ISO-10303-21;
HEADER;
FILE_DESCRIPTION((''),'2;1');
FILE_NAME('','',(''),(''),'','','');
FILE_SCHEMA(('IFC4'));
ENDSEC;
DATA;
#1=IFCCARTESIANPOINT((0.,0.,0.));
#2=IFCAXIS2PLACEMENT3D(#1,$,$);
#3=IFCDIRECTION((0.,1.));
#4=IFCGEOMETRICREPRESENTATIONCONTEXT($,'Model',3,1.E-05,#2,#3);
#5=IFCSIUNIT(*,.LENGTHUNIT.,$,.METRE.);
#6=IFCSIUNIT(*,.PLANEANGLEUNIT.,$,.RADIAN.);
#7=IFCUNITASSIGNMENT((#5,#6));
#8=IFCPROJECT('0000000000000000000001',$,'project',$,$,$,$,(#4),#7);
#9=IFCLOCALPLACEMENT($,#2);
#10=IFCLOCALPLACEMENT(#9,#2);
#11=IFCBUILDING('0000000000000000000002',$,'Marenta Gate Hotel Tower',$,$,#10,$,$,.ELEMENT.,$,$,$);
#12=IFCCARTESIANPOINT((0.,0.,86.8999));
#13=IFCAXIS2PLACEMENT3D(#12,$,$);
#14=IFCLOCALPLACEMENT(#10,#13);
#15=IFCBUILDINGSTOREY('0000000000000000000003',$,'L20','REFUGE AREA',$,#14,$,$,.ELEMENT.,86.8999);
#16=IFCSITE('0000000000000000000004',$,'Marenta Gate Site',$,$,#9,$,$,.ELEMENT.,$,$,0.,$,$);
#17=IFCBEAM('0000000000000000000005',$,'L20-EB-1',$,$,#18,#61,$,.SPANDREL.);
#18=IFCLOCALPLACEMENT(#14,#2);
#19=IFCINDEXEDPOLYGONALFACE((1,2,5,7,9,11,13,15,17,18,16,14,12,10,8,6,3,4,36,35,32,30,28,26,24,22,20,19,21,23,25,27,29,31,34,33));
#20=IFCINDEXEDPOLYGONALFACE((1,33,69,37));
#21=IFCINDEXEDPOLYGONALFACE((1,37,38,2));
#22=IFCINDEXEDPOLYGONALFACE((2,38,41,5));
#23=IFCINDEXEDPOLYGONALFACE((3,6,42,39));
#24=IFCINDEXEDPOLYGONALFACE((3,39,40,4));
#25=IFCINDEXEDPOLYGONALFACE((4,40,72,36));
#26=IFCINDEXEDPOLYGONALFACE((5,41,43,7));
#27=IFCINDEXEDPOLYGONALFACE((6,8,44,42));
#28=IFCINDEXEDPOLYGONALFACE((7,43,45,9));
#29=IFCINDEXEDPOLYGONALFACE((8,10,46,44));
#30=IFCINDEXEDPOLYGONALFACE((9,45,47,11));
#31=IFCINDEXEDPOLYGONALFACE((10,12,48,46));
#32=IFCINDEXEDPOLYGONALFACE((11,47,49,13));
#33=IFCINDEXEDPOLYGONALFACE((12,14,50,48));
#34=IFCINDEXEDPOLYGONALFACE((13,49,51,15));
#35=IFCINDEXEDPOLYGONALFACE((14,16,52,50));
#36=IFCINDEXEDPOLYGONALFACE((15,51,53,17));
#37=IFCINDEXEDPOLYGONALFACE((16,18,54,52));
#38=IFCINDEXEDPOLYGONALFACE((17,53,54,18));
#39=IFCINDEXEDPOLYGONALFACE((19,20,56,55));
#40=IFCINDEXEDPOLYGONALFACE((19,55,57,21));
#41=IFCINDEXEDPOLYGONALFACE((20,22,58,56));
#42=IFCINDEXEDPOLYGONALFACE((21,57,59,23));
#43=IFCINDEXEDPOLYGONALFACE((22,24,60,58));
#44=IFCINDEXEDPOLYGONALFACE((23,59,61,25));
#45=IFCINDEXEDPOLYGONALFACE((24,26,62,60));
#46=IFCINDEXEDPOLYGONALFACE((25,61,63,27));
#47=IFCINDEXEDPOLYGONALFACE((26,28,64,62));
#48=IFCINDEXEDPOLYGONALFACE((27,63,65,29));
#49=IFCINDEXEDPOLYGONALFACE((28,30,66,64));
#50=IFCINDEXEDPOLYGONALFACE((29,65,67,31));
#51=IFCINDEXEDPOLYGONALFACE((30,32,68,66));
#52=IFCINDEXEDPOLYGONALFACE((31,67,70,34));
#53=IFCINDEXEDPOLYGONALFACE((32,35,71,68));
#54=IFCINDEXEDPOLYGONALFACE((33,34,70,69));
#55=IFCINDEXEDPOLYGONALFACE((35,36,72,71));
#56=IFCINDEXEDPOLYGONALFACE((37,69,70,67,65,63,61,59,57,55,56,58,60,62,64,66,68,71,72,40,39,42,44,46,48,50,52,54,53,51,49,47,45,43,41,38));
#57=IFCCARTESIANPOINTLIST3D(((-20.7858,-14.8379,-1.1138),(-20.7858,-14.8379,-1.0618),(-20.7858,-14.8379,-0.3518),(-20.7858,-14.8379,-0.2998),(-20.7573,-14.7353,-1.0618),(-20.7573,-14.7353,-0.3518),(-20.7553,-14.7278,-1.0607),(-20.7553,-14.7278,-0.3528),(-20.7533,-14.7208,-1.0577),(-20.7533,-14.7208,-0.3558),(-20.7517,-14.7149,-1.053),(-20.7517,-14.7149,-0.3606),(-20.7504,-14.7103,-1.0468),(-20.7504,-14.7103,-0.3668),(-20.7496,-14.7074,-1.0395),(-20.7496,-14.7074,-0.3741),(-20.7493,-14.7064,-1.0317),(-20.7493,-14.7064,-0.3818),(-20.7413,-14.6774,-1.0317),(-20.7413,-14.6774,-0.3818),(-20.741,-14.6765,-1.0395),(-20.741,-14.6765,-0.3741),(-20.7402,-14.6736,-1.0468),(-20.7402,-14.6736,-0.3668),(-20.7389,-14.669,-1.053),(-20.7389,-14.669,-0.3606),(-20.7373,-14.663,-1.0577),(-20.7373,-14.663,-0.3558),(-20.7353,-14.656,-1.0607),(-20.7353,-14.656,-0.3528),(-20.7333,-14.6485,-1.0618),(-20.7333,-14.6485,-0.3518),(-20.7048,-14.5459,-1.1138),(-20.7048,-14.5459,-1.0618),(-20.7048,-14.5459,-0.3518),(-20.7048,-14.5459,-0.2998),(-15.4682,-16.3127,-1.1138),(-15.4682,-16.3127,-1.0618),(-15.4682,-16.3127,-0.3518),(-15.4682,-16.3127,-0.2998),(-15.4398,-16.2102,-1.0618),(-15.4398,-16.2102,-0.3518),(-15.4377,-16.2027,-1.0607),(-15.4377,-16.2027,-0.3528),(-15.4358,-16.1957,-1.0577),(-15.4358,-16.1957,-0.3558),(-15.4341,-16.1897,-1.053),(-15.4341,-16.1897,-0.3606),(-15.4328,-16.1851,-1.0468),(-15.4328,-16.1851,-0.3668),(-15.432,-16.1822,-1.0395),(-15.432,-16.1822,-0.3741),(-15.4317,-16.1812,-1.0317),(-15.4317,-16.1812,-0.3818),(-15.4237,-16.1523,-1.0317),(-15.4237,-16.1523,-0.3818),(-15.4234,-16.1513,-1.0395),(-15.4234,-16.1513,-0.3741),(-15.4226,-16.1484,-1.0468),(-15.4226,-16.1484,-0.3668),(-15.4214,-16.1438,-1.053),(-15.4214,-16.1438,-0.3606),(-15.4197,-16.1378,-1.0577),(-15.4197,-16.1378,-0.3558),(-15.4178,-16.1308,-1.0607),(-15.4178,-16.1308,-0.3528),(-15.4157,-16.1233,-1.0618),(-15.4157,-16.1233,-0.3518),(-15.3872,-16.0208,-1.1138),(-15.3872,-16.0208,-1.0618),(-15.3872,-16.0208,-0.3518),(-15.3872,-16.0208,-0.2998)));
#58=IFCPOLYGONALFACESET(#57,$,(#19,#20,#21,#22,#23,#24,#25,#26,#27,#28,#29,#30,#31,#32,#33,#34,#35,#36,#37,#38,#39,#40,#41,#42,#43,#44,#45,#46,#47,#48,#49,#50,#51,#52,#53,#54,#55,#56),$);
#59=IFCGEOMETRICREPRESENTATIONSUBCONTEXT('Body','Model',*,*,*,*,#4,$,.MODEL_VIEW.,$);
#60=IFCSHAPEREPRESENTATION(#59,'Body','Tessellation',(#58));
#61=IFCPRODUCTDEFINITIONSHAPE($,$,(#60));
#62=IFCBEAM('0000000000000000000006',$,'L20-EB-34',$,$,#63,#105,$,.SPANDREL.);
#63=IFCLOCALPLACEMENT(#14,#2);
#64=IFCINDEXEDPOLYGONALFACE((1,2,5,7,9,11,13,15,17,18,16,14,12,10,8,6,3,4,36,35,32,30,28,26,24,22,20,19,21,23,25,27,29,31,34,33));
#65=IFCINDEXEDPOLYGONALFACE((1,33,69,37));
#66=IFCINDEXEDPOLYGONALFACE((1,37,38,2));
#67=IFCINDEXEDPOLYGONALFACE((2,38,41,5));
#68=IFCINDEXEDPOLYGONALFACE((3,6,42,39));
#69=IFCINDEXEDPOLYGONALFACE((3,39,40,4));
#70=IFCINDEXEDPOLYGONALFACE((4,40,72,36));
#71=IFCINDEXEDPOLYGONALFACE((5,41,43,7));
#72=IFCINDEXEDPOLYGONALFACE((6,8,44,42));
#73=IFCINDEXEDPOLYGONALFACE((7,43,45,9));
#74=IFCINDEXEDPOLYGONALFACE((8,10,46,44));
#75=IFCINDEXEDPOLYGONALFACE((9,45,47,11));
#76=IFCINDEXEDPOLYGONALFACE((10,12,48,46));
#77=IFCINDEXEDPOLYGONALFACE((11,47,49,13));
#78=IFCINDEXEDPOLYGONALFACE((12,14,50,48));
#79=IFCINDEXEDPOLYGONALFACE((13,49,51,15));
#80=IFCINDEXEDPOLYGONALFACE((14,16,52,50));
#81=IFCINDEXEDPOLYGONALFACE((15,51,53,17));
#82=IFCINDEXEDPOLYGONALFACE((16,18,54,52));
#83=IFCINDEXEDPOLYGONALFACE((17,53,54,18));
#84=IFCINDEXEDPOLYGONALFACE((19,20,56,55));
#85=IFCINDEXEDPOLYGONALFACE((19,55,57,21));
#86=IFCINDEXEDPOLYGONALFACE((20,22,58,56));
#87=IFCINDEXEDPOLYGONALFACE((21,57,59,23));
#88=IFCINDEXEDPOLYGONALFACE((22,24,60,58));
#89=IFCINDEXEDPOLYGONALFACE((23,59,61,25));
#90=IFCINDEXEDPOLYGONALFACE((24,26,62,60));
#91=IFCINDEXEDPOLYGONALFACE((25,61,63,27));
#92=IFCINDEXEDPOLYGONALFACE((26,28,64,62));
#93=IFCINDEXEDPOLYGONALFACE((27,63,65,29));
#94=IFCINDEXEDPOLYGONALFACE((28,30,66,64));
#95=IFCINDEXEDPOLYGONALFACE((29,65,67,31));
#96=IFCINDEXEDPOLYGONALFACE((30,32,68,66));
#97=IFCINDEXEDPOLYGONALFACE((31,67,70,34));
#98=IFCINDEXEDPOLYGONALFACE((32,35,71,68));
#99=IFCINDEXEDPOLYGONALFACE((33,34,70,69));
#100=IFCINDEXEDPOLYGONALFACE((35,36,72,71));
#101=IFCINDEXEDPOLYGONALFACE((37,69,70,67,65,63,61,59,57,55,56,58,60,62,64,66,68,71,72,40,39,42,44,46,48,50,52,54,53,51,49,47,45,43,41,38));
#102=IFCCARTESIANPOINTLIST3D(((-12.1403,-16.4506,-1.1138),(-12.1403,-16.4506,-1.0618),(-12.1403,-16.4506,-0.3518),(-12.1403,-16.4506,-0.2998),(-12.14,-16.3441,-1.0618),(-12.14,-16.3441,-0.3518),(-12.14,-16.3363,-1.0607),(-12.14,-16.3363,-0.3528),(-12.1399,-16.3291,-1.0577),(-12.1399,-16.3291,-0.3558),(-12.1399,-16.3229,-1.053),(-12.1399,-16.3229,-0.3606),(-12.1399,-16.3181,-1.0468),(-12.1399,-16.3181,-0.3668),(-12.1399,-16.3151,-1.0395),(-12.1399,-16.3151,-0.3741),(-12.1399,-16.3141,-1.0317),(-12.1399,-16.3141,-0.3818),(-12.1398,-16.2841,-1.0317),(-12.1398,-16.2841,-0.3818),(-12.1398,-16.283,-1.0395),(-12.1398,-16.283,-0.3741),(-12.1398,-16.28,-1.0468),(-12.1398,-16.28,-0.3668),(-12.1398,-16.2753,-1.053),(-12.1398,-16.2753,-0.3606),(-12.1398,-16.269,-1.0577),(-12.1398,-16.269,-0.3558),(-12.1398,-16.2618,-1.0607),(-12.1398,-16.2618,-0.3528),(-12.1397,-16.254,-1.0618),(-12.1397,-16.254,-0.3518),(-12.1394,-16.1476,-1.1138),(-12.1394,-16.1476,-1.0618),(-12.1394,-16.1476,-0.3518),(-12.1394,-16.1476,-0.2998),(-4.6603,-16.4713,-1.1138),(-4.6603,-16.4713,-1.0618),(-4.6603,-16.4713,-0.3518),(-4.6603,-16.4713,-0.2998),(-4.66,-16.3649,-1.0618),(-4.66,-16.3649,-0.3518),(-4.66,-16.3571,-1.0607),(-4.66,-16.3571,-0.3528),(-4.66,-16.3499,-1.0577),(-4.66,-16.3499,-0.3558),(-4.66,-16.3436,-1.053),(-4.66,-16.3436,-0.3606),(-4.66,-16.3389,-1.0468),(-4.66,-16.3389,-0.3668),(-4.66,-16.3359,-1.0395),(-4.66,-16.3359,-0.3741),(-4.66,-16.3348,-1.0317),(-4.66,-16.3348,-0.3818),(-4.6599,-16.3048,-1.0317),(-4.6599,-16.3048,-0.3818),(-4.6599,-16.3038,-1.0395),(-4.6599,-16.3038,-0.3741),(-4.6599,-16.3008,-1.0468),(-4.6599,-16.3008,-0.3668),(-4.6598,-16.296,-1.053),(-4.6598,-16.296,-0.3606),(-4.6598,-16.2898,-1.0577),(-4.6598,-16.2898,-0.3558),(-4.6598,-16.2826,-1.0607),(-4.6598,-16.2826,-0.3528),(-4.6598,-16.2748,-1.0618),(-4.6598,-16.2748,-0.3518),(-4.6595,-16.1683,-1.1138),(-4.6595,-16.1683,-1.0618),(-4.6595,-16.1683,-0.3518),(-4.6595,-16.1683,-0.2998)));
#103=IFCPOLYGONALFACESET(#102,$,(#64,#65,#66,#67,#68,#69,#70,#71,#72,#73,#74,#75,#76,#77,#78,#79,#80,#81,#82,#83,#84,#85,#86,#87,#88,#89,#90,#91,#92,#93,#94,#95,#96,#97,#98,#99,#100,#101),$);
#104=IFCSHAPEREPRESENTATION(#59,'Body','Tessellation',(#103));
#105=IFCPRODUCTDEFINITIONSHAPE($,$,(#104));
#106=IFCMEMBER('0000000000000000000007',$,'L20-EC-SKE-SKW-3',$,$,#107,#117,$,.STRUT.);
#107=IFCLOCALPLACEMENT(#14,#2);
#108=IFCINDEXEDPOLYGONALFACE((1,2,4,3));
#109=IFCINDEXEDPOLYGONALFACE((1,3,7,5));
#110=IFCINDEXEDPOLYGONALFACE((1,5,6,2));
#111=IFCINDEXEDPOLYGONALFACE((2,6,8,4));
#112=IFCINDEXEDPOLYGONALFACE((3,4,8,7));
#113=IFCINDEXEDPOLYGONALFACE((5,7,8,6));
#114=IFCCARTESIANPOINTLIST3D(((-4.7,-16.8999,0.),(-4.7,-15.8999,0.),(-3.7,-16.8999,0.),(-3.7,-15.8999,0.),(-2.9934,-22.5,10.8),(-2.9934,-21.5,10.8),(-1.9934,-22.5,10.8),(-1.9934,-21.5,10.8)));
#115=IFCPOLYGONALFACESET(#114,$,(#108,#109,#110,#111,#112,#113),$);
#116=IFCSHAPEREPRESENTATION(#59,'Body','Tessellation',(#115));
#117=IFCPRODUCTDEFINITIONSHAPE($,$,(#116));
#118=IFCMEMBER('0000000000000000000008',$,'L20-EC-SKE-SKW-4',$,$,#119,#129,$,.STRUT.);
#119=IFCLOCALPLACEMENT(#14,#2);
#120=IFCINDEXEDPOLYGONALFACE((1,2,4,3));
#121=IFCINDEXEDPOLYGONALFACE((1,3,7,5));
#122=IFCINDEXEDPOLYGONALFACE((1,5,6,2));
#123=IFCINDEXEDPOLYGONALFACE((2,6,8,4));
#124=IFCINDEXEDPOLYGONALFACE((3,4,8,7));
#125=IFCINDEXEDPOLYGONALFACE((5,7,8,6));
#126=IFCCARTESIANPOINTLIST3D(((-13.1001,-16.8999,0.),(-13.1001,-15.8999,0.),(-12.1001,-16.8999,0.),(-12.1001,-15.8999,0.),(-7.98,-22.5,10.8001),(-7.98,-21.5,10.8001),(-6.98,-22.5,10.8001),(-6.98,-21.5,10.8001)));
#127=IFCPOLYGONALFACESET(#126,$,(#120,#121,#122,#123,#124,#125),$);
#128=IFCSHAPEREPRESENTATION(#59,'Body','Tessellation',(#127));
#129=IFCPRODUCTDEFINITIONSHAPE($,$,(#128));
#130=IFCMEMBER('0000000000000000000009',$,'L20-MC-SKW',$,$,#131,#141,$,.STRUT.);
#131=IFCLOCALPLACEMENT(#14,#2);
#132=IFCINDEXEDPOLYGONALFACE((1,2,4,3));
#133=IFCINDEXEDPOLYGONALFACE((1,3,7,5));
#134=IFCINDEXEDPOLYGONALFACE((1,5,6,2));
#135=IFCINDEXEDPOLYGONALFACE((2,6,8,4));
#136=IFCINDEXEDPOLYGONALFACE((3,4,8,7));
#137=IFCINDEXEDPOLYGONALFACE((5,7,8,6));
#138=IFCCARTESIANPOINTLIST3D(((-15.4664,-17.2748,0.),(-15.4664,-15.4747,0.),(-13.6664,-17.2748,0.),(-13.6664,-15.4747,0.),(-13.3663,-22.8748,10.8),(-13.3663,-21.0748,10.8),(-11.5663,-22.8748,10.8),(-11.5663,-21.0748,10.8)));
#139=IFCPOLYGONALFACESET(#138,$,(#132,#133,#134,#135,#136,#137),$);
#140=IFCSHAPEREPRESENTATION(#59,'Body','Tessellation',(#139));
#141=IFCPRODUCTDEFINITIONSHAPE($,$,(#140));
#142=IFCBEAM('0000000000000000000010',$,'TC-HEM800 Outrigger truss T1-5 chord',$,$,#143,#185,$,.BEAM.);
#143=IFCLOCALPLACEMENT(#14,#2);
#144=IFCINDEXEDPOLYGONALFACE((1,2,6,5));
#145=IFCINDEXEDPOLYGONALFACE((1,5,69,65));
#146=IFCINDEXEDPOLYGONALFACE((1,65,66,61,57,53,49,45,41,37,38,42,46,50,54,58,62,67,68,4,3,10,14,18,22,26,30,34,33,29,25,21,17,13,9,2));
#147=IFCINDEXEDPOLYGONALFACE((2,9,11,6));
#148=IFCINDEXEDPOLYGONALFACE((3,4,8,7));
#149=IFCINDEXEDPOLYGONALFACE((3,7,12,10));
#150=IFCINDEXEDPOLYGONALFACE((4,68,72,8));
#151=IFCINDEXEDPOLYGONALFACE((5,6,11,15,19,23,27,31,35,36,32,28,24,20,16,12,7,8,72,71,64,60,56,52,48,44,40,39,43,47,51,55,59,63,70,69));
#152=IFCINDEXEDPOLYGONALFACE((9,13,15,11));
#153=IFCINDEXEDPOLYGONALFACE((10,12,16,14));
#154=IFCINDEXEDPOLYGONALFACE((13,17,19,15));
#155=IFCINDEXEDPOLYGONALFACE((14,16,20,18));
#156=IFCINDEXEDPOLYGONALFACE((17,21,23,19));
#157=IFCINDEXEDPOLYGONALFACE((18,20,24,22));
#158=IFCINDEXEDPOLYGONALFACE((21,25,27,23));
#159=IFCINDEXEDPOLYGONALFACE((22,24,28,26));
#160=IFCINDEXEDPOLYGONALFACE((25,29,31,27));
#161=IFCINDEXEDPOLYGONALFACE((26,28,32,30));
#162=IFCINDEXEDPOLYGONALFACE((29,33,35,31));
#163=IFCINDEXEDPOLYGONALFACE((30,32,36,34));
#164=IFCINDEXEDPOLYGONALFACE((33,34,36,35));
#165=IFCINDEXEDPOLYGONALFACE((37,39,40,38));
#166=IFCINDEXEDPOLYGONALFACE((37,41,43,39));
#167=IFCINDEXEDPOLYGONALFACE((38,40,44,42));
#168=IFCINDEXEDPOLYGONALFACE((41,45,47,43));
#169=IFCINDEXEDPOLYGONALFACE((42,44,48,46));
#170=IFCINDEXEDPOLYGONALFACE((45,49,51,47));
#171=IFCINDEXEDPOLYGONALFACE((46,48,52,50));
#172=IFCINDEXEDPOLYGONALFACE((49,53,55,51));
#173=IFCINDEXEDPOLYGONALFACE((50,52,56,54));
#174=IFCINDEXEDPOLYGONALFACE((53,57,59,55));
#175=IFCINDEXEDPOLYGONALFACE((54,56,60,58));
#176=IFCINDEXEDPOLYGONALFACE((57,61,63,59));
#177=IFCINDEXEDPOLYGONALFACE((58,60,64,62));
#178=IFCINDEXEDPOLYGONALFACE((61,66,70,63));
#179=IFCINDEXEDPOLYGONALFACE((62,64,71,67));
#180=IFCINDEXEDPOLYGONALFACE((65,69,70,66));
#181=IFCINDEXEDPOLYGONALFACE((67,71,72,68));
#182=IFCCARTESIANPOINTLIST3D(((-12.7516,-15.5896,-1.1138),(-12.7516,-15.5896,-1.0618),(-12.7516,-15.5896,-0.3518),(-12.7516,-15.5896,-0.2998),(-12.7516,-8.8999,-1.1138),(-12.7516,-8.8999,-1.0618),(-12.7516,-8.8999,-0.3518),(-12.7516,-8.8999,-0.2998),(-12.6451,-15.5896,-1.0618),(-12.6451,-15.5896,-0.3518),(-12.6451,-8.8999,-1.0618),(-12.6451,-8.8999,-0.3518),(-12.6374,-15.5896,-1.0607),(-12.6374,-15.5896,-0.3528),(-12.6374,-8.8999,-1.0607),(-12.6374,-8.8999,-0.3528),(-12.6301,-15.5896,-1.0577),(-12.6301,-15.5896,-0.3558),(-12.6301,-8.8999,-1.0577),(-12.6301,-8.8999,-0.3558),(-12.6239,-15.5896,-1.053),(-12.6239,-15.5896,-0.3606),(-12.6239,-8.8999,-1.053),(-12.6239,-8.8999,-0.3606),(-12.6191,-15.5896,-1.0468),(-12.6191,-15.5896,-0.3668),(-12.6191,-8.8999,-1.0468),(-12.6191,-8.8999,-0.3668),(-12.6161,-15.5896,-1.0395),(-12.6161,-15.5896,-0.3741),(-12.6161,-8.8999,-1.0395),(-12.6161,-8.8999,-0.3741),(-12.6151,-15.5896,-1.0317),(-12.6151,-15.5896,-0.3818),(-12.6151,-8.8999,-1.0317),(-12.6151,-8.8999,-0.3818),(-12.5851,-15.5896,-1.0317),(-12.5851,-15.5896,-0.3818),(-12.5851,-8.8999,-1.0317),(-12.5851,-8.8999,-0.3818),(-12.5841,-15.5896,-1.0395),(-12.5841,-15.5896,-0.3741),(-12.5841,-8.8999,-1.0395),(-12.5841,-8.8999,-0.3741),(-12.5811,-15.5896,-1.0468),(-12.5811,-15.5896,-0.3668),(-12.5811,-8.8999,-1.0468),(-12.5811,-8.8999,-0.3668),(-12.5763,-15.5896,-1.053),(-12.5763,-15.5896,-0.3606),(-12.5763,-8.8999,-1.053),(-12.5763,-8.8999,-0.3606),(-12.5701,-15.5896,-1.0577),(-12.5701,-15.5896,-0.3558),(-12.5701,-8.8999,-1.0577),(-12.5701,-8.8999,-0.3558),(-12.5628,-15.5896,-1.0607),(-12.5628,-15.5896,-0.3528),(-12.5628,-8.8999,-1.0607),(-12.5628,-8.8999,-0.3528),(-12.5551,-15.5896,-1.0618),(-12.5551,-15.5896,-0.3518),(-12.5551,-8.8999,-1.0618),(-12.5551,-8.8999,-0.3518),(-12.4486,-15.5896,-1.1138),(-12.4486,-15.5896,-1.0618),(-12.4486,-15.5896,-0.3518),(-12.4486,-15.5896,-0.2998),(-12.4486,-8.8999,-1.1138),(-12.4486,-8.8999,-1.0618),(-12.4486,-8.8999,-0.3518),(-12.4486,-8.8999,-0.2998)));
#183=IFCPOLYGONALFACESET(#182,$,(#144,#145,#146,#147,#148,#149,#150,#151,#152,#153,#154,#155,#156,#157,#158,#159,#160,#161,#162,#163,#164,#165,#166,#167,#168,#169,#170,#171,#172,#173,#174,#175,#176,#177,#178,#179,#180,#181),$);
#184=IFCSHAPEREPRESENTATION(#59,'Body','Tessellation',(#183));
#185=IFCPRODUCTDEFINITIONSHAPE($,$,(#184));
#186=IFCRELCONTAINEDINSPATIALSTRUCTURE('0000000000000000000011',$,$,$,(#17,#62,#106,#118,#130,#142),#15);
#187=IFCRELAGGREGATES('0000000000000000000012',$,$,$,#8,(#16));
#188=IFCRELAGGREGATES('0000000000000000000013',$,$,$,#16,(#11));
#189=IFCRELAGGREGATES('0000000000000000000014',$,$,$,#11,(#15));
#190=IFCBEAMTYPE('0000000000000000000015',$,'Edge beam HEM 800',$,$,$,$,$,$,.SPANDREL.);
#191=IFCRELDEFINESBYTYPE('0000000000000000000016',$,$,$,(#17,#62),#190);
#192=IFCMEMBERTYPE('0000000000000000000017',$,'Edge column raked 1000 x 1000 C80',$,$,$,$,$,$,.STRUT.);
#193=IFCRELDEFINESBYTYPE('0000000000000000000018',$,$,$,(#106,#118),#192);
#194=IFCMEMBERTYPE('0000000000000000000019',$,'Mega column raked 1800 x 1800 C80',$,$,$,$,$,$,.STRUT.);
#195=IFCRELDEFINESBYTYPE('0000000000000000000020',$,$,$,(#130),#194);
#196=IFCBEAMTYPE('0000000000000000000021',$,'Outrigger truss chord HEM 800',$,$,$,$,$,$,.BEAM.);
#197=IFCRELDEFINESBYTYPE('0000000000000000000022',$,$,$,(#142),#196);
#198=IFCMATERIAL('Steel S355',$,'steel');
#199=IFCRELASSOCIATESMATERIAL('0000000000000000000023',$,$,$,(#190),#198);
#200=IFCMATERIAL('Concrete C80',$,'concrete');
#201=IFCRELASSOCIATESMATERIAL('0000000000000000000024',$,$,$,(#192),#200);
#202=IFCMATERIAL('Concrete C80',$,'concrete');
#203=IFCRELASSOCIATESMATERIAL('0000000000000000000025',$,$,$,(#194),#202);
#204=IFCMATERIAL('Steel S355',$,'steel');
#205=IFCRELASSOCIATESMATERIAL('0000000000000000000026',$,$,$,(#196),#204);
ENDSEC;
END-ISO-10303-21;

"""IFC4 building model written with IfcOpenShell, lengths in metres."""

from ifc_helpers import new_model, si_unit, direction, frame, origin, origin_2d, place, context, subcontext, project, spatial, rectangle, i_section, extrude, material, material_profile, profile_set, type_object, element, save


model = new_model("IFC4")

# Units and contexts
model_context = context("Model", 3, precision=1e-05, world=origin(), true_north=direction((0.0, 1.0)))
body_context = subcontext(model_context, "Body", "Model", "MODEL_VIEW")
ifc_project = project(units=[si_unit("LENGTHUNIT", "METRE"), si_unit("PLANEANGLEUNIT", "RADIAN")], contexts=[model_context])

# Site, building, storey
site_placement = place(None, origin())
site = spatial("IfcSite", under=ifc_project, at=site_placement, Name="Marenta Gate Site", CompositionType="ELEMENT", RefElevation=0.0)
building_placement = place(site_placement, origin())
building = spatial("IfcBuilding", under=site, at=building_placement, Name="Marenta Gate Hotel Tower", CompositionType="ELEMENT")
storey_placement = place(building_placement, frame((0.0, 0.0, 86.8999)))
storey = spatial("IfcBuildingStorey", under=building, at=storey_placement, Name="L20", Description="REFUGE AREA", CompositionType="ELEMENT", Elevation=86.8999)

# Beams
ifc_material_1 = material(Name="Steel S355", Category="steel")
ifc_material_profile_1 = material_profile(ifc_material_1, i_section(OverallWidth=0.303, OverallDepth=0.814, WebThickness=0.03, FlangeThickness=0.052, FilletRadius=0.03, at=origin_2d()), Name="HEM 800")
ifc_profile_set_1 = profile_set([ifc_material_profile_1], Name="Steel S355")
beam_type_1 = type_object("IfcBeamType", Name="Edge beam HEM 800", PredefinedType="SPANDREL", material=ifc_profile_set_1)
beam_1_placement = place(storey_placement, frame((-15.4277, -16.1667, -0.7068), z_axis=(-0.963624, 0.267263, 0.0), x_axis=(-0.267263, -0.963624, 0.0)))
element("IfcBeam", 1, at=beam_1_placement, inside=storey, type_object=beam_type_1, Name="L20-EB-1", PredefinedType="SPANDREL", context=body_context, shape_type="SweptSolid", body=[
    extrude(i_section(OverallWidth=0.303, OverallDepth=0.814, WebThickness=0.03, FlangeThickness=0.052, FilletRadius=0.03, at=origin_2d()), origin(), (0.0, 0.0, 1.0), 5.5183),
])
beam_2_placement = place(storey_placement, frame((-4.6599, -16.3198, -0.7068), z_axis=(-0.999996, 0.002774, 0.0), x_axis=(-0.002774, -0.999996, 0.0)))
element("IfcBeam", 2, at=beam_2_placement, inside=storey, type_object=beam_type_1, Name="L20-EB-34", PredefinedType="SPANDREL", context=body_context, shape_type="SweptSolid", body=[
    extrude(i_section(OverallWidth=0.303, OverallDepth=0.814, WebThickness=0.03, FlangeThickness=0.052, FilletRadius=0.03, at=origin_2d()), origin(), (0.0, 0.0, 1.0), 7.48),
])

# Members
ifc_material_2 = material(Name="Concrete C80", Category="concrete")
ifc_material_profile_2 = material_profile(ifc_material_2, rectangle(XDim=1.0, YDim=1.0, at=origin_2d()), Name="1000 x 1000")
ifc_profile_set_2 = profile_set([ifc_material_profile_2], Name="Concrete C80")
member_type_1 = type_object("IfcMemberType", Name="Edge column raked 1000 x 1000 C80", PredefinedType="STRUT", material=ifc_profile_set_2)
member_1_placement = place(storey_placement, frame((-4.2, -16.3999, 0.0), z_axis=(0.0, 0.0, 1.0), x_axis=(1.0, 0.0, 0.0)))
element("IfcMember", 3, at=member_1_placement, inside=storey, type_object=member_type_1, Name="L20-EC-SKE-SKW-3", PredefinedType="STRUT", context=body_context, shape_type="SweptSolid", body=[
    extrude(rectangle(XDim=1.0, YDim=1.0, at=origin_2d()), origin(), (0.138916, -0.455859, 0.879145), 12.2847),
])
member_2_placement = place(storey_placement, frame((-12.6001, -16.3999, 0.0), z_axis=(0.0, 0.0, 1.0), x_axis=(1.0, 0.0, 0.0)))
element("IfcMember", 4, at=member_2_placement, inside=storey, type_object=member_type_1, Name="L20-EC-SKE-SKW-4", PredefinedType="STRUT", context=body_context, shape_type="SweptSolid", body=[
    extrude(rectangle(XDim=1.0, YDim=1.0, at=origin_2d()), origin(), (0.387912, -0.424277, 0.818238), 13.1992),
])
ifc_material_3 = material(Name="Concrete C80", Category="concrete")
ifc_material_profile_3 = material_profile(ifc_material_3, rectangle(XDim=1.8, YDim=1.8, at=origin_2d()), Name="1800 x 1800")
ifc_profile_set_3 = profile_set([ifc_material_profile_3], Name="Concrete C80")
member_type_2 = type_object("IfcMemberType", Name="Mega column raked 1800 x 1800 C80", PredefinedType="STRUT", material=ifc_profile_set_3)
member_3_placement = place(storey_placement, frame((-14.5664, -16.3748, 0.0), z_axis=(0.0, 0.0, 1.0), x_axis=(1.0, 0.0, 0.0)))
element("IfcMember", 5, at=member_3_placement, inside=storey, type_object=member_type_2, Name="L20-MC-SKW", PredefinedType="STRUT", context=body_context, shape_type="SweptSolid", body=[
    extrude(rectangle(XDim=1.8, YDim=1.8, at=origin_2d()), origin(), (0.17011, -0.453613, 0.874813), 12.3455),
])

# Beam
ifc_material_4 = material(Name="Steel S355", Category="steel")
ifc_material_profile_4 = material_profile(ifc_material_4, i_section(OverallWidth=0.303, OverallDepth=0.814, WebThickness=0.03, FlangeThickness=0.052, FilletRadius=0.03, at=origin_2d()), Name="HEM 800")
ifc_profile_set_4 = profile_set([ifc_material_profile_4], Name="Steel S355")
beam_type_2 = type_object("IfcBeamType", Name="Outrigger truss chord HEM 800", PredefinedType="BEAM", material=ifc_profile_set_4)
for number, where, z_axis, x_axis, name in (
    (6, (-12.6001, -8.8999, -0.7068), (0.0, -1.0, 0.0), (1.0, 0.0, 0.0), "TC-HEM800 Outrigger truss T1-5 chord"),
):
    element("IfcBeam", number, at=place(storey_placement, frame(where, z_axis=z_axis, x_axis=x_axis)), inside=storey, type_object=beam_type_2, Name=name, PredefinedType="BEAM", context=body_context, shape_type="SweptSolid", body=[
        extrude(i_section(OverallWidth=0.303, OverallDepth=0.814, WebThickness=0.03, FlangeThickness=0.052, FilletRadius=0.03, at=origin_2d()), origin(), (0.0, 0.0, 1.0), 6.6897),
    ])

save(model, "model.ifc")
